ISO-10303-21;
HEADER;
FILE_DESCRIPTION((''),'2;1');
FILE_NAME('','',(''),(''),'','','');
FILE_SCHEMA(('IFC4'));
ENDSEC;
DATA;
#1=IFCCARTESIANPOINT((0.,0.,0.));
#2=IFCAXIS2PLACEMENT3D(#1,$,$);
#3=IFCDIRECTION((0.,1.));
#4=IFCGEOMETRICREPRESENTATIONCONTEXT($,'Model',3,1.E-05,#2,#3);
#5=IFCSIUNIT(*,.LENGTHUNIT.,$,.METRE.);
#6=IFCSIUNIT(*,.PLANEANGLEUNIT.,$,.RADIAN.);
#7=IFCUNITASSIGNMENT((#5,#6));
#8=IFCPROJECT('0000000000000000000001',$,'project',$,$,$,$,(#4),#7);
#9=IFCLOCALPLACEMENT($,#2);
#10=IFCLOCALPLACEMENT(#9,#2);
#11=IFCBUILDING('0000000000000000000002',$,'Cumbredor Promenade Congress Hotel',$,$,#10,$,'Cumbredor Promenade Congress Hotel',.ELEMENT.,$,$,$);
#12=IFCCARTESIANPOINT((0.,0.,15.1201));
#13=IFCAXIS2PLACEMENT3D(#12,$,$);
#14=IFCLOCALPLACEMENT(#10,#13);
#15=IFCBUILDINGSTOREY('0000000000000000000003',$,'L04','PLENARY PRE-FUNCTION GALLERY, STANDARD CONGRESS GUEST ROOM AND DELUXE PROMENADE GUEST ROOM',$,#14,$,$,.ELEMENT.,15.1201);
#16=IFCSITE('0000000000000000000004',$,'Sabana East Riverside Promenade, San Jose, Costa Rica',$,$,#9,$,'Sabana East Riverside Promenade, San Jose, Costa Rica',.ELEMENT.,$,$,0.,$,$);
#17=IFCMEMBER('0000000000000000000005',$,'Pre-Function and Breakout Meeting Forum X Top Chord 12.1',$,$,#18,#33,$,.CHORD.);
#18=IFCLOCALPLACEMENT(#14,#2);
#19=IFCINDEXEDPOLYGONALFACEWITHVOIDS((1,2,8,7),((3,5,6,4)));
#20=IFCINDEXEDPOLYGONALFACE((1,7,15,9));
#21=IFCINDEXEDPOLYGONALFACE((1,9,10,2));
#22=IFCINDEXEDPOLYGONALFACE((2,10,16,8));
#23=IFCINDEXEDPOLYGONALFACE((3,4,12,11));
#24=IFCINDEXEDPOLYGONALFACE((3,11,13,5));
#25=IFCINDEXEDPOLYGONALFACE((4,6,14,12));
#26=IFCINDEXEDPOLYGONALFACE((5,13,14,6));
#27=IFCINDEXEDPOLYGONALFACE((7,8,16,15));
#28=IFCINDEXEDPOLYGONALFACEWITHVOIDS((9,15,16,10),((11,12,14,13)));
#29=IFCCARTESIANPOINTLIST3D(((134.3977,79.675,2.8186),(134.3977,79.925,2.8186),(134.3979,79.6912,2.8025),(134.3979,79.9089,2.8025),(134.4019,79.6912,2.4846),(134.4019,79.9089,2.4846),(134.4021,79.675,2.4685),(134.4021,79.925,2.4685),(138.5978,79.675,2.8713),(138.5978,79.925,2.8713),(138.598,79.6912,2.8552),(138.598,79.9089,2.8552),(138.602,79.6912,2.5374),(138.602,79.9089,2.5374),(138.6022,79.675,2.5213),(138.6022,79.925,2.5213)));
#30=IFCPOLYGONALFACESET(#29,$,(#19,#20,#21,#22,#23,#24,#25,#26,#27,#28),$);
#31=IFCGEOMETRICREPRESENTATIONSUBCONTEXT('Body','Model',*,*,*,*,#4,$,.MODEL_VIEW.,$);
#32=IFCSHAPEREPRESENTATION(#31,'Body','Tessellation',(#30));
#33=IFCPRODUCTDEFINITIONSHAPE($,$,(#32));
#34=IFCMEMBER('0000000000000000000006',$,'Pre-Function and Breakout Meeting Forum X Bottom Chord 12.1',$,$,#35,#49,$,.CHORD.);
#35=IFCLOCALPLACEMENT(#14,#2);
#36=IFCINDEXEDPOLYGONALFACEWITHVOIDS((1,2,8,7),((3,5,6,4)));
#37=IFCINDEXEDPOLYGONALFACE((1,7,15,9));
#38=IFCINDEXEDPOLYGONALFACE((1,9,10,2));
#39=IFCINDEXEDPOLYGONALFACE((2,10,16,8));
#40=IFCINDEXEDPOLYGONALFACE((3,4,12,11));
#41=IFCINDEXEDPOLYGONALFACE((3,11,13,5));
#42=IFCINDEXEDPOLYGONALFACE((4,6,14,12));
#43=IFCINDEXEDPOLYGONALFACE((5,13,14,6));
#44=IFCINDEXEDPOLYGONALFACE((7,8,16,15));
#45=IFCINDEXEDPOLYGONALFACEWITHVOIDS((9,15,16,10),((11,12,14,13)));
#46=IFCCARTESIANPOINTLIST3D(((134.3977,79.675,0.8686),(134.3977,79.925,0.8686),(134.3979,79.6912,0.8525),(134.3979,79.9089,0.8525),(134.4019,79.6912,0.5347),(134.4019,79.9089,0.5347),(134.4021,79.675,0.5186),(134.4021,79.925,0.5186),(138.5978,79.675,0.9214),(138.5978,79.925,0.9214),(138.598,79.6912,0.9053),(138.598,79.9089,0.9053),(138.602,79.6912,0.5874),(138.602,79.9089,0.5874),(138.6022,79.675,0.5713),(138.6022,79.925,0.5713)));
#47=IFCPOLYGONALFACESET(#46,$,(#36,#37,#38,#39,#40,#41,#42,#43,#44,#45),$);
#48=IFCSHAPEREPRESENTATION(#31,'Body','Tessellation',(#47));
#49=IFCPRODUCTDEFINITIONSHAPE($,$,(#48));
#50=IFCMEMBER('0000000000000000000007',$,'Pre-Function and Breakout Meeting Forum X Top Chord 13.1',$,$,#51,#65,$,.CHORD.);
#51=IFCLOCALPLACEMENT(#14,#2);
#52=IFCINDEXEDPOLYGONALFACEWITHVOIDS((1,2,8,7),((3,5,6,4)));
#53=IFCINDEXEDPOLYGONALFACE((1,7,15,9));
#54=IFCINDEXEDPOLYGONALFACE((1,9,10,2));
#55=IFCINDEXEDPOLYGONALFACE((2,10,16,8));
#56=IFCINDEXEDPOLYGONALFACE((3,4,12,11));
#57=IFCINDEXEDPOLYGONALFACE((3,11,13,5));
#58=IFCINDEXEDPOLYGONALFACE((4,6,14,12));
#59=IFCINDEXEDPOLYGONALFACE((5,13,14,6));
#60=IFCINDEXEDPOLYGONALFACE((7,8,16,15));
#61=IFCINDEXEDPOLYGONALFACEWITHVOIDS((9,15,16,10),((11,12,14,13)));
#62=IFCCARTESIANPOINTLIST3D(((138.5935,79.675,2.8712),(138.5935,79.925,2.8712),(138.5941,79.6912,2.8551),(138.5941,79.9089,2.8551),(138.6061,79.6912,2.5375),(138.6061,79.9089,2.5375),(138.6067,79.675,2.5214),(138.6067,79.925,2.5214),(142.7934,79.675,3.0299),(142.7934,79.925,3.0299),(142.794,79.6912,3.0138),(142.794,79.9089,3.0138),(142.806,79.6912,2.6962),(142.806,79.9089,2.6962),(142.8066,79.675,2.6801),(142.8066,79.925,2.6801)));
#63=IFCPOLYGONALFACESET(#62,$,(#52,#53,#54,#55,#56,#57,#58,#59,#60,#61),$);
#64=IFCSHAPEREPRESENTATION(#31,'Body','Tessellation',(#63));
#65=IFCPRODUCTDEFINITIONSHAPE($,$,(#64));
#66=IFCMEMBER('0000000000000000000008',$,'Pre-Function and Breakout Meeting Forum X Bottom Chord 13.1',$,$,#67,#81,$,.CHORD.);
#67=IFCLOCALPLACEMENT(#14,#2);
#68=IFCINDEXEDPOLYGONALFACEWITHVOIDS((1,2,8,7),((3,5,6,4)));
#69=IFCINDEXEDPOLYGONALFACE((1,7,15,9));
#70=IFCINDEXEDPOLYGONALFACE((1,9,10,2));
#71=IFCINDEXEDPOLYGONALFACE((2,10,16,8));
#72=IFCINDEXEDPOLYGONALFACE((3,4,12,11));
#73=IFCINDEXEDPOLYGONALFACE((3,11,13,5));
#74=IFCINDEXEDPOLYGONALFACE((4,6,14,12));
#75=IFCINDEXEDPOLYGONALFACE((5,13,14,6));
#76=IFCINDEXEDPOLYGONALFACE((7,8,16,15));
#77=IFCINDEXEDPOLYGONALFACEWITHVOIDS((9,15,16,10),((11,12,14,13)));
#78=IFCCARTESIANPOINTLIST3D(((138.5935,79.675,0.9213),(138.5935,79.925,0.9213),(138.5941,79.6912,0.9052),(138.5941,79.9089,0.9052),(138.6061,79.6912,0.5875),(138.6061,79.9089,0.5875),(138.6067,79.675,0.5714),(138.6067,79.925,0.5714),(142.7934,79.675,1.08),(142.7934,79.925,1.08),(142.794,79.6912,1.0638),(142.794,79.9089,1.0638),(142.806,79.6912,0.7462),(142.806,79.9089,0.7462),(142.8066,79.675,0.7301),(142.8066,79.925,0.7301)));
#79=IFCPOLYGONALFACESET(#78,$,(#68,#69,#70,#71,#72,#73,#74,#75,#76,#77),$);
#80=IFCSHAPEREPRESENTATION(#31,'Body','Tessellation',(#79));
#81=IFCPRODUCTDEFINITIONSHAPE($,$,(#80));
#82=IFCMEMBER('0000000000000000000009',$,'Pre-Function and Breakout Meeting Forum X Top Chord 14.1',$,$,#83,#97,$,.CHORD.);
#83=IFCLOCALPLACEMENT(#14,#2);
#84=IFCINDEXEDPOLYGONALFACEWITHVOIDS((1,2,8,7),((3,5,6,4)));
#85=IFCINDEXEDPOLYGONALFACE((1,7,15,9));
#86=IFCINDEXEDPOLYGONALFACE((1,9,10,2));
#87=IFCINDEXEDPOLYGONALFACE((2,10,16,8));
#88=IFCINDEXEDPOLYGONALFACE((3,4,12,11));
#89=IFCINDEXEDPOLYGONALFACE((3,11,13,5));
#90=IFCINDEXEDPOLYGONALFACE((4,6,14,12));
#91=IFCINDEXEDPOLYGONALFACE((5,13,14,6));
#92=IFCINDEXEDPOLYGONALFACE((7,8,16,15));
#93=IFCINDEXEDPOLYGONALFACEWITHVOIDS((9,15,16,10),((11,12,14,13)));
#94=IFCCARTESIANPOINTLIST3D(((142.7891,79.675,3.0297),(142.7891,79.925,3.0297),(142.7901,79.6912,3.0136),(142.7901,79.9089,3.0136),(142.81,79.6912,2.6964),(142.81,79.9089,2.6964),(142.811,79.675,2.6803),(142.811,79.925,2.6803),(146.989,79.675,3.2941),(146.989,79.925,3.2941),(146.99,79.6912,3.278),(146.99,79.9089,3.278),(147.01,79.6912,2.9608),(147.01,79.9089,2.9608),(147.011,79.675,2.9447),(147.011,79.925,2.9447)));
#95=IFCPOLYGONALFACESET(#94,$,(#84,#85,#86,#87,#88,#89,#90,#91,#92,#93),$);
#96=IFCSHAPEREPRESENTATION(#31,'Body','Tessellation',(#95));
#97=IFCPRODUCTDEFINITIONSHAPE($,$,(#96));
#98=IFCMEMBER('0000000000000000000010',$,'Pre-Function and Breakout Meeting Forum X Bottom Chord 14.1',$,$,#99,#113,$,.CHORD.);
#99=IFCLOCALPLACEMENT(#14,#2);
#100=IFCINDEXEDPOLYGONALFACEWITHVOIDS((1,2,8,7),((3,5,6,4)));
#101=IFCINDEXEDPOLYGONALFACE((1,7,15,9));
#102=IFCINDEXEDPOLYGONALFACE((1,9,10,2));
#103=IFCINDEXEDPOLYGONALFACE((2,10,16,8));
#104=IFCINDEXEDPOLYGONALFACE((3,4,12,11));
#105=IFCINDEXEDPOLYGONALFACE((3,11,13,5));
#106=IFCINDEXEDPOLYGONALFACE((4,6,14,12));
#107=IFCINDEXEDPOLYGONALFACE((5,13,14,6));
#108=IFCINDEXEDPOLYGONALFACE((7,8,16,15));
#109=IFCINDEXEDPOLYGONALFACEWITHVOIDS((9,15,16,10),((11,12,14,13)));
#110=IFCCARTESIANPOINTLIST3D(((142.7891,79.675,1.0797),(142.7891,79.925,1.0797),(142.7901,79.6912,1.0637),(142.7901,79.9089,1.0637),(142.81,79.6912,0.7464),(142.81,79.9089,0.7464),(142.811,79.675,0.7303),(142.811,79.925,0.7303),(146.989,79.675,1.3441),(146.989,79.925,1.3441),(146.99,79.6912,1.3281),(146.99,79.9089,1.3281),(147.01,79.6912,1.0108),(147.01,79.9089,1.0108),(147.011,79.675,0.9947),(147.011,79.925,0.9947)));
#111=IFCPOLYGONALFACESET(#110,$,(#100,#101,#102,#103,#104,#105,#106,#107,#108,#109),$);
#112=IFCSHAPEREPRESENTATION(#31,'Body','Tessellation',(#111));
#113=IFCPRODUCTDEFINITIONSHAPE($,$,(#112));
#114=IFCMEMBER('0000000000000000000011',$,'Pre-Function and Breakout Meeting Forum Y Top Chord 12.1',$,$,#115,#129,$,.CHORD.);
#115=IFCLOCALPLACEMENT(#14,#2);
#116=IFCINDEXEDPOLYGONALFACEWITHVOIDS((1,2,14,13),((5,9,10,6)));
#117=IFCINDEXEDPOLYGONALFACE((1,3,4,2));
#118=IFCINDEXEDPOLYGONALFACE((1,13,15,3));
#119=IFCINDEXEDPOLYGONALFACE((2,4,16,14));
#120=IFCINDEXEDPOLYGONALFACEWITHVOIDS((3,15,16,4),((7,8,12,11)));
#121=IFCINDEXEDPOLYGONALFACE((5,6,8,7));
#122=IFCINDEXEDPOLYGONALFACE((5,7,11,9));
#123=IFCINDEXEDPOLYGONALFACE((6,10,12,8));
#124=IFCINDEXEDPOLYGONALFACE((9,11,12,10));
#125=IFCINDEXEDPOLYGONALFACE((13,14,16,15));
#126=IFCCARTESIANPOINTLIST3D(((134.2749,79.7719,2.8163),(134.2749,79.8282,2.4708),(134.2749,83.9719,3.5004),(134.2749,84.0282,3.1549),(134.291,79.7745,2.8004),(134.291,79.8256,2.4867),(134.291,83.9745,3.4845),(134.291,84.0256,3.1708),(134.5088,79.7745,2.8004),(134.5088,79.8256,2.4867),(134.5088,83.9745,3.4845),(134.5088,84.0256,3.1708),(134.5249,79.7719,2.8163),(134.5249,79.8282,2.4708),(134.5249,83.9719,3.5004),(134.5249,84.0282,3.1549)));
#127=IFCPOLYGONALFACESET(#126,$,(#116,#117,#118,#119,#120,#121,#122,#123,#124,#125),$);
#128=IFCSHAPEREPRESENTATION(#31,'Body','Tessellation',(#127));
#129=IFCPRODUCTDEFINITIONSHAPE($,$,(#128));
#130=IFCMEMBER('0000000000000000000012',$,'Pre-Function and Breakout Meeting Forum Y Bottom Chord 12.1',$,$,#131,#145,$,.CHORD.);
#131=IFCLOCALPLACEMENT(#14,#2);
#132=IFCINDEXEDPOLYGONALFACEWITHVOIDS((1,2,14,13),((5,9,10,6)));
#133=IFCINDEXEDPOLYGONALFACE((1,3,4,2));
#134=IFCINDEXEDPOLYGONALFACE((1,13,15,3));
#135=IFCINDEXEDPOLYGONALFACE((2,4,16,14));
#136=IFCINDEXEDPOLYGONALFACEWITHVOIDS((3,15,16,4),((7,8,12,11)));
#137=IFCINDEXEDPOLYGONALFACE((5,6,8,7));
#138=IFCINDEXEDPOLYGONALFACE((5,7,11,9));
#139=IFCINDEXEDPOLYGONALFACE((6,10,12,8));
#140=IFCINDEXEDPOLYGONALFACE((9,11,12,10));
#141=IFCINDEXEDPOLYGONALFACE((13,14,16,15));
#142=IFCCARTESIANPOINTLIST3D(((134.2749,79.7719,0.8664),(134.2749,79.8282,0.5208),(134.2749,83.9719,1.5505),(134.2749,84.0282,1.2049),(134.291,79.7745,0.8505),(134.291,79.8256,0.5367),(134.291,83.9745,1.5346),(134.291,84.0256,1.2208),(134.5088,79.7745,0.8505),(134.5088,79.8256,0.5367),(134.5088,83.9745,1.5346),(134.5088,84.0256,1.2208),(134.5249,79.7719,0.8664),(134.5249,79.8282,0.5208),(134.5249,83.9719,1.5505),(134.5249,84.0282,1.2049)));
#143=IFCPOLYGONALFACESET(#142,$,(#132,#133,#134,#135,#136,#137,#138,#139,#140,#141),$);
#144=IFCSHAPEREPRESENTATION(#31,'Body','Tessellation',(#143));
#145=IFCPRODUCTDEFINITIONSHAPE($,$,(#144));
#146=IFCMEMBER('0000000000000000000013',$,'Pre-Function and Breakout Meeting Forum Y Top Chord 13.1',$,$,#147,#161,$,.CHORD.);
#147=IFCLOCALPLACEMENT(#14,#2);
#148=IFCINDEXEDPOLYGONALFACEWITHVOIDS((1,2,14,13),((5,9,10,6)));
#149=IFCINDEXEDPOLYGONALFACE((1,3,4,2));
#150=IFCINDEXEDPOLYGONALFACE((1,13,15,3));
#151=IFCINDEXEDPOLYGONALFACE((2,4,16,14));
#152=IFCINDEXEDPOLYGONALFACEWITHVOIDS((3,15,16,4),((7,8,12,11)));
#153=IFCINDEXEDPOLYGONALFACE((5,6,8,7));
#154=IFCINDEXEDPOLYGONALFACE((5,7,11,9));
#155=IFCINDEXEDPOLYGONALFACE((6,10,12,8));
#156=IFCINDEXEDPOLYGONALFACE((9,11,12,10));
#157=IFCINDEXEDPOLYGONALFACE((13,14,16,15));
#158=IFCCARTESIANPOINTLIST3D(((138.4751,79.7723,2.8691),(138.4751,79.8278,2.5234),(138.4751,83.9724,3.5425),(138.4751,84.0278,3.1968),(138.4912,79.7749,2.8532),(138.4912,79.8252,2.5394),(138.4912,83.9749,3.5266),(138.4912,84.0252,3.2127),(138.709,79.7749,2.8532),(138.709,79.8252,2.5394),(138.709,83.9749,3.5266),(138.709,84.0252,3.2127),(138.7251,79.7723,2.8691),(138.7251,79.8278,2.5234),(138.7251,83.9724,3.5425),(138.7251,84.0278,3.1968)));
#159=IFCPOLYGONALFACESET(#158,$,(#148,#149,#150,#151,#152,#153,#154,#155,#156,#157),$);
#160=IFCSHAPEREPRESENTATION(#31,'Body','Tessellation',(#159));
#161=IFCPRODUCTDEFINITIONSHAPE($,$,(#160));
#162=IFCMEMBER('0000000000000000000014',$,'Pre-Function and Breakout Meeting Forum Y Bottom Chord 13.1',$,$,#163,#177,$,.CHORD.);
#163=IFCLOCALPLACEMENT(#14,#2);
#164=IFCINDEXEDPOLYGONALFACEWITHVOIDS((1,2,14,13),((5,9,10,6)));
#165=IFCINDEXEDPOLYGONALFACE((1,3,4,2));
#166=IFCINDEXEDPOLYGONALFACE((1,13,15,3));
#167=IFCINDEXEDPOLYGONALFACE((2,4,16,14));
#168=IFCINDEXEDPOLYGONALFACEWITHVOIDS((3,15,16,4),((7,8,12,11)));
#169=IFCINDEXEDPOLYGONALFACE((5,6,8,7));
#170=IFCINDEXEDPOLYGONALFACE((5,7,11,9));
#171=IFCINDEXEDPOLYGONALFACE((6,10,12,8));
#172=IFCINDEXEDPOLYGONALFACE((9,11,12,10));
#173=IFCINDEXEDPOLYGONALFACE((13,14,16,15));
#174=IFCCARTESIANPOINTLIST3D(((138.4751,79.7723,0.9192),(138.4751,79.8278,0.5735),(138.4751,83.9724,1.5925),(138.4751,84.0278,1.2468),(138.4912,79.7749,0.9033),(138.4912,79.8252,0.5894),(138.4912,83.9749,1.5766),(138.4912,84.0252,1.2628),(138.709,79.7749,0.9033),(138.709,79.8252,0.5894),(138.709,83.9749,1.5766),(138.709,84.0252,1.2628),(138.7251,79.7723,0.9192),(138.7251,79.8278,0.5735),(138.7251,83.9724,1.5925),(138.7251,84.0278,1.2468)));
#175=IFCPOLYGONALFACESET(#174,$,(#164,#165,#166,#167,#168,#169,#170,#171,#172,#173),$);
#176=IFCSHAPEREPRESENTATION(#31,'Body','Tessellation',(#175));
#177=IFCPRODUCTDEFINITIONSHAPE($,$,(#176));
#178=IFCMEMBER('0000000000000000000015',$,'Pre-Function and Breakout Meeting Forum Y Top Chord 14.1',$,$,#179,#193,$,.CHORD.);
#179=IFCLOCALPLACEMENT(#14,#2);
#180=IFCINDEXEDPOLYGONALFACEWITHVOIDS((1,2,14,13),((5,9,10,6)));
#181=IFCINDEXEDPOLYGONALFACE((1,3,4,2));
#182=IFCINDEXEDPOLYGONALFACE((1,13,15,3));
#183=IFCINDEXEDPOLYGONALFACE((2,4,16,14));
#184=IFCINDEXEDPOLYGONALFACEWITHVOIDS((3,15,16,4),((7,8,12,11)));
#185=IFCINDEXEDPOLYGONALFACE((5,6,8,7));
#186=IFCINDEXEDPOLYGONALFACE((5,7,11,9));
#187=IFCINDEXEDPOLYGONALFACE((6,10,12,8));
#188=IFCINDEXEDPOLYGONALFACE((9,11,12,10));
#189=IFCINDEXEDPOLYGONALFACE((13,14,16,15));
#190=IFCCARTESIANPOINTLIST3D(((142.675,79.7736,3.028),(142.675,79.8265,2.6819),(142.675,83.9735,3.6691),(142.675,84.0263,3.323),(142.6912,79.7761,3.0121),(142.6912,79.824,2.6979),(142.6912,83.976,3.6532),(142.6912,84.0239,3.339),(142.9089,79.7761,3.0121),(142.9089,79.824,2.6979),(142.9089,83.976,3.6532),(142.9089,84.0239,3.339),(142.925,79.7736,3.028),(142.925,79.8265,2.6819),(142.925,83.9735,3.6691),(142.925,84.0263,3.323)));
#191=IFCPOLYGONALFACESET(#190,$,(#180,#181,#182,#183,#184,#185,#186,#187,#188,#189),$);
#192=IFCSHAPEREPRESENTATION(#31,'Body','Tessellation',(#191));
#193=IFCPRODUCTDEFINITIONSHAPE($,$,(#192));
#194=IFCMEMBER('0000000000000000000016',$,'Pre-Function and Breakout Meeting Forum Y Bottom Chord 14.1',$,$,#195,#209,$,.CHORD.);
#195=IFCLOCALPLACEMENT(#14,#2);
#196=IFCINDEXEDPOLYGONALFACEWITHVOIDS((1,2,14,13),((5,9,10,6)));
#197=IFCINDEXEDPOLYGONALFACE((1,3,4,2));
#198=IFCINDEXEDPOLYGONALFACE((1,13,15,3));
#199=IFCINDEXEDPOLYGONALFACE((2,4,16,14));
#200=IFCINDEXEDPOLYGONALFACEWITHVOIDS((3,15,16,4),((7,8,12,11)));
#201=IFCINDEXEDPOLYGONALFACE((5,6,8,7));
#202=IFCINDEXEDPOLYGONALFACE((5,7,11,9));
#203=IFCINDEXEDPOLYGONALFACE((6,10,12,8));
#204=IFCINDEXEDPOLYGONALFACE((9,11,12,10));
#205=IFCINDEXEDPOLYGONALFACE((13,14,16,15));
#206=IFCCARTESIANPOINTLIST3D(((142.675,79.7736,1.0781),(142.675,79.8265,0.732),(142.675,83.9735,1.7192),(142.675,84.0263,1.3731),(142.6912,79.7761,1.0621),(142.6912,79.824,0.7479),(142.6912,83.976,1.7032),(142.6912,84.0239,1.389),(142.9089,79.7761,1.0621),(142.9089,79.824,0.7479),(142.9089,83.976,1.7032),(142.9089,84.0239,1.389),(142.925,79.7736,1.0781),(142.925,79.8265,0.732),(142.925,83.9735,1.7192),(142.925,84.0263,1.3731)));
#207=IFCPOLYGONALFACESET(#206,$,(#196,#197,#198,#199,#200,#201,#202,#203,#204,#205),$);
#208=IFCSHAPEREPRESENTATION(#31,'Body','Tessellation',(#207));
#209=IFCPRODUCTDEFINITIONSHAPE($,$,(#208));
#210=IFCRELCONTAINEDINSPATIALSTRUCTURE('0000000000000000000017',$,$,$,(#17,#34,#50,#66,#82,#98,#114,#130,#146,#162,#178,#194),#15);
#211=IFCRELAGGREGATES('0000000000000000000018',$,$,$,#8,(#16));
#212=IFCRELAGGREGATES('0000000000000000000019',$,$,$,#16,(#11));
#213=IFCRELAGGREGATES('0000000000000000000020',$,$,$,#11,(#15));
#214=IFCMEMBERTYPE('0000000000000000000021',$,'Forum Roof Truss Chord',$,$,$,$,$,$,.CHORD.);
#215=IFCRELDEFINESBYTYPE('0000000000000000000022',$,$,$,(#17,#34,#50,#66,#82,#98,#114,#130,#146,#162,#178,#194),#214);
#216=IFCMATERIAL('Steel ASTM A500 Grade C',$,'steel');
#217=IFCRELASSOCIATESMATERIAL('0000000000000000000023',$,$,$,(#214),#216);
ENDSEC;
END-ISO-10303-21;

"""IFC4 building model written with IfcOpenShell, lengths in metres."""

from ifc_helpers import new_model, si_unit, direction, frame, origin, origin_2d, place, context, subcontext, project, spatial, hollow_rectangle, extrude, material, material_profile, profile_set, type_object, element, save


model = new_model("IFC4")

# Units and contexts
model_context = context("Model", 3, precision=1e-05, world=origin(), true_north=direction((0.0, 1.0)))
body_context = subcontext(model_context, "Body", "Model", "MODEL_VIEW")
ifc_project = project(units=[si_unit("LENGTHUNIT", "METRE"), si_unit("PLANEANGLEUNIT", "RADIAN")], contexts=[model_context])

# Site, building, storey
site_placement = place(None, origin())
site = spatial("IfcSite", under=ifc_project, at=site_placement, Name="Sabana East Riverside Promenade, San Jose, Costa Rica", LongName="Sabana East Riverside Promenade, San Jose, Costa Rica", CompositionType="ELEMENT", RefElevation=0.0)
building_placement = place(site_placement, origin())
building = spatial("IfcBuilding", under=site, at=building_placement, Name="Cumbredor Promenade Congress Hotel", LongName="Cumbredor Promenade Congress Hotel", CompositionType="ELEMENT")
storey_placement = place(building_placement, frame((0.0, 0.0, 15.1201)))
storey = spatial("IfcBuildingStorey", under=building, at=storey_placement, Name="L04", Description="PLENARY PRE-FUNCTION GALLERY, STANDARD CONGRESS GUEST ROOM AND DELUXE PROMENADE GUEST ROOM", CompositionType="ELEMENT", Elevation=15.1201)

# Members
ifc_material_1 = material(Name="Steel ASTM A500 Grade C", Category="steel")
ifc_material_profile_1 = material_profile(ifc_material_1, hollow_rectangle(XDim=0.25, YDim=0.3501, WallThickness=0.0161, at=origin_2d()), Name="HSS 350x250x16")
ifc_profile_set_1 = profile_set([ifc_material_profile_1], Name="Steel ASTM A500 Grade C")
member_type_1 = type_object("IfcMemberType", Name="Forum Roof Truss Chord", PredefinedType="CHORD", material=ifc_profile_set_1)
for number, where, z_axis, x_axis, name in (
    (1, (134.3999, 79.8, 2.6436), (0.999921, 0.0, 0.012554), (0.0, 1.0, 0.0), "Pre-Function and Breakout Meeting Forum X Top Chord 12.1"),
    (2, (134.3999, 79.8, 0.6936), (0.999921, 0.0, 0.012554), (0.0, 1.0, 0.0), "Pre-Function and Breakout Meeting Forum X Bottom Chord 12.1"),
):
    element("IfcMember", number, at=place(storey_placement, frame(where, z_axis=z_axis, x_axis=x_axis)), inside=storey, type_object=member_type_1, Name=name, PredefinedType="CHORD", context=body_context, shape_type="SweptSolid", body=[
        extrude(hollow_rectangle(XDim=0.25, YDim=0.3501, WallThickness=0.0161, at=origin_2d()), origin(), (0.0, 0.0, 1.0), 4.2004),
    ])
for number, where, z_axis, x_axis, name in (
    (3, (138.6001, 79.8, 2.6963), (0.999287, 0.0, 0.037757), (0.0, 1.0, 0.0), "Pre-Function and Breakout Meeting Forum X Top Chord 13.1"),
    (4, (138.6001, 79.8, 0.7463), (0.999287, 0.0, 0.037757), (0.0, 1.0, 0.0), "Pre-Function and Breakout Meeting Forum X Bottom Chord 13.1"),
):
    element("IfcMember", number, at=place(storey_placement, frame(where, z_axis=z_axis, x_axis=x_axis)), inside=storey, type_object=member_type_1, Name=name, PredefinedType="CHORD", context=body_context, shape_type="SweptSolid", body=[
        extrude(hollow_rectangle(XDim=0.25, YDim=0.3501, WallThickness=0.0161, at=origin_2d()), origin(), (0.0, 0.0, 1.0), 4.2029),
    ])
for number, where, z_axis, x_axis, name in (
    (5, (142.8, 79.8, 2.855), (0.998024, 0.0, 0.06283), (0.0, 1.0, 0.0), "Pre-Function and Breakout Meeting Forum X Top Chord 14.1"),
    (6, (142.8, 79.8, 0.905), (0.998024, 0.0, 0.06283), (0.0, 1.0, 0.0), "Pre-Function and Breakout Meeting Forum X Bottom Chord 14.1"),
):
    element("IfcMember", number, at=place(storey_placement, frame(where, z_axis=z_axis, x_axis=x_axis)), inside=storey, type_object=member_type_1, Name=name, PredefinedType="CHORD", context=body_context, shape_type="SweptSolid", body=[
        extrude(hollow_rectangle(XDim=0.25, YDim=0.3501, WallThickness=0.0161, at=origin_2d()), origin(), (0.0, 0.0, 1.0), 4.2083),
    ])
for number, where, z_axis, x_axis, name in (
    (7, (134.3999, 79.8, 2.6436), (0.0, 0.986994, 0.16076), (-1.0, 0.0, 0.0), "Pre-Function and Breakout Meeting Forum Y Top Chord 12.1"),
    (8, (134.3999, 79.8, 0.6936), (0.0, 0.986994, 0.16076), (-1.0, 0.0, 0.0), "Pre-Function and Breakout Meeting Forum Y Bottom Chord 12.1"),
):
    element("IfcMember", number, at=place(storey_placement, frame(where, z_axis=z_axis, x_axis=x_axis)), inside=storey, type_object=member_type_1, Name=name, PredefinedType="CHORD", context=body_context, shape_type="SweptSolid", body=[
        extrude(hollow_rectangle(XDim=0.25, YDim=0.3501, WallThickness=0.0161, at=origin_2d()), origin(), (0.0, 0.0, 1.0), 4.2554),
    ])
for number, where, z_axis, x_axis, name in (
    (9, (138.6001, 79.8, 2.6963), (0.0, 0.987391, 0.158299), (-1.0, 0.0, 0.0), "Pre-Function and Breakout Meeting Forum Y Top Chord 13.1"),
    (10, (138.6001, 79.8, 0.7463), (0.0, 0.987391, 0.158299), (-1.0, 0.0, 0.0), "Pre-Function and Breakout Meeting Forum Y Bottom Chord 13.1"),
):
    element("IfcMember", number, at=place(storey_placement, frame(where, z_axis=z_axis, x_axis=x_axis)), inside=storey, type_object=member_type_1, Name=name, PredefinedType="CHORD", context=body_context, shape_type="SweptSolid", body=[
        extrude(hollow_rectangle(XDim=0.25, YDim=0.3501, WallThickness=0.0161, at=origin_2d()), origin(), (0.0, 0.0, 1.0), 4.2537),
    ])
for number, where, z_axis, x_axis, name in (
    (11, (142.8, 79.8, 2.855), (0.0, 0.988549, 0.1509), (-1.0, 0.0, 0.0), "Pre-Function and Breakout Meeting Forum Y Top Chord 14.1"),
    (12, (142.8, 79.8, 0.905), (0.0, 0.988549, 0.1509), (-1.0, 0.0, 0.0), "Pre-Function and Breakout Meeting Forum Y Bottom Chord 14.1"),
):
    element("IfcMember", number, at=place(storey_placement, frame(where, z_axis=z_axis, x_axis=x_axis)), inside=storey, type_object=member_type_1, Name=name, PredefinedType="CHORD", context=body_context, shape_type="SweptSolid", body=[
        extrude(hollow_rectangle(XDim=0.25, YDim=0.3501, WallThickness=0.0161, at=origin_2d()), origin(), (0.0, 0.0, 1.0), 4.2485),
    ])

save(model, "model.ifc")
